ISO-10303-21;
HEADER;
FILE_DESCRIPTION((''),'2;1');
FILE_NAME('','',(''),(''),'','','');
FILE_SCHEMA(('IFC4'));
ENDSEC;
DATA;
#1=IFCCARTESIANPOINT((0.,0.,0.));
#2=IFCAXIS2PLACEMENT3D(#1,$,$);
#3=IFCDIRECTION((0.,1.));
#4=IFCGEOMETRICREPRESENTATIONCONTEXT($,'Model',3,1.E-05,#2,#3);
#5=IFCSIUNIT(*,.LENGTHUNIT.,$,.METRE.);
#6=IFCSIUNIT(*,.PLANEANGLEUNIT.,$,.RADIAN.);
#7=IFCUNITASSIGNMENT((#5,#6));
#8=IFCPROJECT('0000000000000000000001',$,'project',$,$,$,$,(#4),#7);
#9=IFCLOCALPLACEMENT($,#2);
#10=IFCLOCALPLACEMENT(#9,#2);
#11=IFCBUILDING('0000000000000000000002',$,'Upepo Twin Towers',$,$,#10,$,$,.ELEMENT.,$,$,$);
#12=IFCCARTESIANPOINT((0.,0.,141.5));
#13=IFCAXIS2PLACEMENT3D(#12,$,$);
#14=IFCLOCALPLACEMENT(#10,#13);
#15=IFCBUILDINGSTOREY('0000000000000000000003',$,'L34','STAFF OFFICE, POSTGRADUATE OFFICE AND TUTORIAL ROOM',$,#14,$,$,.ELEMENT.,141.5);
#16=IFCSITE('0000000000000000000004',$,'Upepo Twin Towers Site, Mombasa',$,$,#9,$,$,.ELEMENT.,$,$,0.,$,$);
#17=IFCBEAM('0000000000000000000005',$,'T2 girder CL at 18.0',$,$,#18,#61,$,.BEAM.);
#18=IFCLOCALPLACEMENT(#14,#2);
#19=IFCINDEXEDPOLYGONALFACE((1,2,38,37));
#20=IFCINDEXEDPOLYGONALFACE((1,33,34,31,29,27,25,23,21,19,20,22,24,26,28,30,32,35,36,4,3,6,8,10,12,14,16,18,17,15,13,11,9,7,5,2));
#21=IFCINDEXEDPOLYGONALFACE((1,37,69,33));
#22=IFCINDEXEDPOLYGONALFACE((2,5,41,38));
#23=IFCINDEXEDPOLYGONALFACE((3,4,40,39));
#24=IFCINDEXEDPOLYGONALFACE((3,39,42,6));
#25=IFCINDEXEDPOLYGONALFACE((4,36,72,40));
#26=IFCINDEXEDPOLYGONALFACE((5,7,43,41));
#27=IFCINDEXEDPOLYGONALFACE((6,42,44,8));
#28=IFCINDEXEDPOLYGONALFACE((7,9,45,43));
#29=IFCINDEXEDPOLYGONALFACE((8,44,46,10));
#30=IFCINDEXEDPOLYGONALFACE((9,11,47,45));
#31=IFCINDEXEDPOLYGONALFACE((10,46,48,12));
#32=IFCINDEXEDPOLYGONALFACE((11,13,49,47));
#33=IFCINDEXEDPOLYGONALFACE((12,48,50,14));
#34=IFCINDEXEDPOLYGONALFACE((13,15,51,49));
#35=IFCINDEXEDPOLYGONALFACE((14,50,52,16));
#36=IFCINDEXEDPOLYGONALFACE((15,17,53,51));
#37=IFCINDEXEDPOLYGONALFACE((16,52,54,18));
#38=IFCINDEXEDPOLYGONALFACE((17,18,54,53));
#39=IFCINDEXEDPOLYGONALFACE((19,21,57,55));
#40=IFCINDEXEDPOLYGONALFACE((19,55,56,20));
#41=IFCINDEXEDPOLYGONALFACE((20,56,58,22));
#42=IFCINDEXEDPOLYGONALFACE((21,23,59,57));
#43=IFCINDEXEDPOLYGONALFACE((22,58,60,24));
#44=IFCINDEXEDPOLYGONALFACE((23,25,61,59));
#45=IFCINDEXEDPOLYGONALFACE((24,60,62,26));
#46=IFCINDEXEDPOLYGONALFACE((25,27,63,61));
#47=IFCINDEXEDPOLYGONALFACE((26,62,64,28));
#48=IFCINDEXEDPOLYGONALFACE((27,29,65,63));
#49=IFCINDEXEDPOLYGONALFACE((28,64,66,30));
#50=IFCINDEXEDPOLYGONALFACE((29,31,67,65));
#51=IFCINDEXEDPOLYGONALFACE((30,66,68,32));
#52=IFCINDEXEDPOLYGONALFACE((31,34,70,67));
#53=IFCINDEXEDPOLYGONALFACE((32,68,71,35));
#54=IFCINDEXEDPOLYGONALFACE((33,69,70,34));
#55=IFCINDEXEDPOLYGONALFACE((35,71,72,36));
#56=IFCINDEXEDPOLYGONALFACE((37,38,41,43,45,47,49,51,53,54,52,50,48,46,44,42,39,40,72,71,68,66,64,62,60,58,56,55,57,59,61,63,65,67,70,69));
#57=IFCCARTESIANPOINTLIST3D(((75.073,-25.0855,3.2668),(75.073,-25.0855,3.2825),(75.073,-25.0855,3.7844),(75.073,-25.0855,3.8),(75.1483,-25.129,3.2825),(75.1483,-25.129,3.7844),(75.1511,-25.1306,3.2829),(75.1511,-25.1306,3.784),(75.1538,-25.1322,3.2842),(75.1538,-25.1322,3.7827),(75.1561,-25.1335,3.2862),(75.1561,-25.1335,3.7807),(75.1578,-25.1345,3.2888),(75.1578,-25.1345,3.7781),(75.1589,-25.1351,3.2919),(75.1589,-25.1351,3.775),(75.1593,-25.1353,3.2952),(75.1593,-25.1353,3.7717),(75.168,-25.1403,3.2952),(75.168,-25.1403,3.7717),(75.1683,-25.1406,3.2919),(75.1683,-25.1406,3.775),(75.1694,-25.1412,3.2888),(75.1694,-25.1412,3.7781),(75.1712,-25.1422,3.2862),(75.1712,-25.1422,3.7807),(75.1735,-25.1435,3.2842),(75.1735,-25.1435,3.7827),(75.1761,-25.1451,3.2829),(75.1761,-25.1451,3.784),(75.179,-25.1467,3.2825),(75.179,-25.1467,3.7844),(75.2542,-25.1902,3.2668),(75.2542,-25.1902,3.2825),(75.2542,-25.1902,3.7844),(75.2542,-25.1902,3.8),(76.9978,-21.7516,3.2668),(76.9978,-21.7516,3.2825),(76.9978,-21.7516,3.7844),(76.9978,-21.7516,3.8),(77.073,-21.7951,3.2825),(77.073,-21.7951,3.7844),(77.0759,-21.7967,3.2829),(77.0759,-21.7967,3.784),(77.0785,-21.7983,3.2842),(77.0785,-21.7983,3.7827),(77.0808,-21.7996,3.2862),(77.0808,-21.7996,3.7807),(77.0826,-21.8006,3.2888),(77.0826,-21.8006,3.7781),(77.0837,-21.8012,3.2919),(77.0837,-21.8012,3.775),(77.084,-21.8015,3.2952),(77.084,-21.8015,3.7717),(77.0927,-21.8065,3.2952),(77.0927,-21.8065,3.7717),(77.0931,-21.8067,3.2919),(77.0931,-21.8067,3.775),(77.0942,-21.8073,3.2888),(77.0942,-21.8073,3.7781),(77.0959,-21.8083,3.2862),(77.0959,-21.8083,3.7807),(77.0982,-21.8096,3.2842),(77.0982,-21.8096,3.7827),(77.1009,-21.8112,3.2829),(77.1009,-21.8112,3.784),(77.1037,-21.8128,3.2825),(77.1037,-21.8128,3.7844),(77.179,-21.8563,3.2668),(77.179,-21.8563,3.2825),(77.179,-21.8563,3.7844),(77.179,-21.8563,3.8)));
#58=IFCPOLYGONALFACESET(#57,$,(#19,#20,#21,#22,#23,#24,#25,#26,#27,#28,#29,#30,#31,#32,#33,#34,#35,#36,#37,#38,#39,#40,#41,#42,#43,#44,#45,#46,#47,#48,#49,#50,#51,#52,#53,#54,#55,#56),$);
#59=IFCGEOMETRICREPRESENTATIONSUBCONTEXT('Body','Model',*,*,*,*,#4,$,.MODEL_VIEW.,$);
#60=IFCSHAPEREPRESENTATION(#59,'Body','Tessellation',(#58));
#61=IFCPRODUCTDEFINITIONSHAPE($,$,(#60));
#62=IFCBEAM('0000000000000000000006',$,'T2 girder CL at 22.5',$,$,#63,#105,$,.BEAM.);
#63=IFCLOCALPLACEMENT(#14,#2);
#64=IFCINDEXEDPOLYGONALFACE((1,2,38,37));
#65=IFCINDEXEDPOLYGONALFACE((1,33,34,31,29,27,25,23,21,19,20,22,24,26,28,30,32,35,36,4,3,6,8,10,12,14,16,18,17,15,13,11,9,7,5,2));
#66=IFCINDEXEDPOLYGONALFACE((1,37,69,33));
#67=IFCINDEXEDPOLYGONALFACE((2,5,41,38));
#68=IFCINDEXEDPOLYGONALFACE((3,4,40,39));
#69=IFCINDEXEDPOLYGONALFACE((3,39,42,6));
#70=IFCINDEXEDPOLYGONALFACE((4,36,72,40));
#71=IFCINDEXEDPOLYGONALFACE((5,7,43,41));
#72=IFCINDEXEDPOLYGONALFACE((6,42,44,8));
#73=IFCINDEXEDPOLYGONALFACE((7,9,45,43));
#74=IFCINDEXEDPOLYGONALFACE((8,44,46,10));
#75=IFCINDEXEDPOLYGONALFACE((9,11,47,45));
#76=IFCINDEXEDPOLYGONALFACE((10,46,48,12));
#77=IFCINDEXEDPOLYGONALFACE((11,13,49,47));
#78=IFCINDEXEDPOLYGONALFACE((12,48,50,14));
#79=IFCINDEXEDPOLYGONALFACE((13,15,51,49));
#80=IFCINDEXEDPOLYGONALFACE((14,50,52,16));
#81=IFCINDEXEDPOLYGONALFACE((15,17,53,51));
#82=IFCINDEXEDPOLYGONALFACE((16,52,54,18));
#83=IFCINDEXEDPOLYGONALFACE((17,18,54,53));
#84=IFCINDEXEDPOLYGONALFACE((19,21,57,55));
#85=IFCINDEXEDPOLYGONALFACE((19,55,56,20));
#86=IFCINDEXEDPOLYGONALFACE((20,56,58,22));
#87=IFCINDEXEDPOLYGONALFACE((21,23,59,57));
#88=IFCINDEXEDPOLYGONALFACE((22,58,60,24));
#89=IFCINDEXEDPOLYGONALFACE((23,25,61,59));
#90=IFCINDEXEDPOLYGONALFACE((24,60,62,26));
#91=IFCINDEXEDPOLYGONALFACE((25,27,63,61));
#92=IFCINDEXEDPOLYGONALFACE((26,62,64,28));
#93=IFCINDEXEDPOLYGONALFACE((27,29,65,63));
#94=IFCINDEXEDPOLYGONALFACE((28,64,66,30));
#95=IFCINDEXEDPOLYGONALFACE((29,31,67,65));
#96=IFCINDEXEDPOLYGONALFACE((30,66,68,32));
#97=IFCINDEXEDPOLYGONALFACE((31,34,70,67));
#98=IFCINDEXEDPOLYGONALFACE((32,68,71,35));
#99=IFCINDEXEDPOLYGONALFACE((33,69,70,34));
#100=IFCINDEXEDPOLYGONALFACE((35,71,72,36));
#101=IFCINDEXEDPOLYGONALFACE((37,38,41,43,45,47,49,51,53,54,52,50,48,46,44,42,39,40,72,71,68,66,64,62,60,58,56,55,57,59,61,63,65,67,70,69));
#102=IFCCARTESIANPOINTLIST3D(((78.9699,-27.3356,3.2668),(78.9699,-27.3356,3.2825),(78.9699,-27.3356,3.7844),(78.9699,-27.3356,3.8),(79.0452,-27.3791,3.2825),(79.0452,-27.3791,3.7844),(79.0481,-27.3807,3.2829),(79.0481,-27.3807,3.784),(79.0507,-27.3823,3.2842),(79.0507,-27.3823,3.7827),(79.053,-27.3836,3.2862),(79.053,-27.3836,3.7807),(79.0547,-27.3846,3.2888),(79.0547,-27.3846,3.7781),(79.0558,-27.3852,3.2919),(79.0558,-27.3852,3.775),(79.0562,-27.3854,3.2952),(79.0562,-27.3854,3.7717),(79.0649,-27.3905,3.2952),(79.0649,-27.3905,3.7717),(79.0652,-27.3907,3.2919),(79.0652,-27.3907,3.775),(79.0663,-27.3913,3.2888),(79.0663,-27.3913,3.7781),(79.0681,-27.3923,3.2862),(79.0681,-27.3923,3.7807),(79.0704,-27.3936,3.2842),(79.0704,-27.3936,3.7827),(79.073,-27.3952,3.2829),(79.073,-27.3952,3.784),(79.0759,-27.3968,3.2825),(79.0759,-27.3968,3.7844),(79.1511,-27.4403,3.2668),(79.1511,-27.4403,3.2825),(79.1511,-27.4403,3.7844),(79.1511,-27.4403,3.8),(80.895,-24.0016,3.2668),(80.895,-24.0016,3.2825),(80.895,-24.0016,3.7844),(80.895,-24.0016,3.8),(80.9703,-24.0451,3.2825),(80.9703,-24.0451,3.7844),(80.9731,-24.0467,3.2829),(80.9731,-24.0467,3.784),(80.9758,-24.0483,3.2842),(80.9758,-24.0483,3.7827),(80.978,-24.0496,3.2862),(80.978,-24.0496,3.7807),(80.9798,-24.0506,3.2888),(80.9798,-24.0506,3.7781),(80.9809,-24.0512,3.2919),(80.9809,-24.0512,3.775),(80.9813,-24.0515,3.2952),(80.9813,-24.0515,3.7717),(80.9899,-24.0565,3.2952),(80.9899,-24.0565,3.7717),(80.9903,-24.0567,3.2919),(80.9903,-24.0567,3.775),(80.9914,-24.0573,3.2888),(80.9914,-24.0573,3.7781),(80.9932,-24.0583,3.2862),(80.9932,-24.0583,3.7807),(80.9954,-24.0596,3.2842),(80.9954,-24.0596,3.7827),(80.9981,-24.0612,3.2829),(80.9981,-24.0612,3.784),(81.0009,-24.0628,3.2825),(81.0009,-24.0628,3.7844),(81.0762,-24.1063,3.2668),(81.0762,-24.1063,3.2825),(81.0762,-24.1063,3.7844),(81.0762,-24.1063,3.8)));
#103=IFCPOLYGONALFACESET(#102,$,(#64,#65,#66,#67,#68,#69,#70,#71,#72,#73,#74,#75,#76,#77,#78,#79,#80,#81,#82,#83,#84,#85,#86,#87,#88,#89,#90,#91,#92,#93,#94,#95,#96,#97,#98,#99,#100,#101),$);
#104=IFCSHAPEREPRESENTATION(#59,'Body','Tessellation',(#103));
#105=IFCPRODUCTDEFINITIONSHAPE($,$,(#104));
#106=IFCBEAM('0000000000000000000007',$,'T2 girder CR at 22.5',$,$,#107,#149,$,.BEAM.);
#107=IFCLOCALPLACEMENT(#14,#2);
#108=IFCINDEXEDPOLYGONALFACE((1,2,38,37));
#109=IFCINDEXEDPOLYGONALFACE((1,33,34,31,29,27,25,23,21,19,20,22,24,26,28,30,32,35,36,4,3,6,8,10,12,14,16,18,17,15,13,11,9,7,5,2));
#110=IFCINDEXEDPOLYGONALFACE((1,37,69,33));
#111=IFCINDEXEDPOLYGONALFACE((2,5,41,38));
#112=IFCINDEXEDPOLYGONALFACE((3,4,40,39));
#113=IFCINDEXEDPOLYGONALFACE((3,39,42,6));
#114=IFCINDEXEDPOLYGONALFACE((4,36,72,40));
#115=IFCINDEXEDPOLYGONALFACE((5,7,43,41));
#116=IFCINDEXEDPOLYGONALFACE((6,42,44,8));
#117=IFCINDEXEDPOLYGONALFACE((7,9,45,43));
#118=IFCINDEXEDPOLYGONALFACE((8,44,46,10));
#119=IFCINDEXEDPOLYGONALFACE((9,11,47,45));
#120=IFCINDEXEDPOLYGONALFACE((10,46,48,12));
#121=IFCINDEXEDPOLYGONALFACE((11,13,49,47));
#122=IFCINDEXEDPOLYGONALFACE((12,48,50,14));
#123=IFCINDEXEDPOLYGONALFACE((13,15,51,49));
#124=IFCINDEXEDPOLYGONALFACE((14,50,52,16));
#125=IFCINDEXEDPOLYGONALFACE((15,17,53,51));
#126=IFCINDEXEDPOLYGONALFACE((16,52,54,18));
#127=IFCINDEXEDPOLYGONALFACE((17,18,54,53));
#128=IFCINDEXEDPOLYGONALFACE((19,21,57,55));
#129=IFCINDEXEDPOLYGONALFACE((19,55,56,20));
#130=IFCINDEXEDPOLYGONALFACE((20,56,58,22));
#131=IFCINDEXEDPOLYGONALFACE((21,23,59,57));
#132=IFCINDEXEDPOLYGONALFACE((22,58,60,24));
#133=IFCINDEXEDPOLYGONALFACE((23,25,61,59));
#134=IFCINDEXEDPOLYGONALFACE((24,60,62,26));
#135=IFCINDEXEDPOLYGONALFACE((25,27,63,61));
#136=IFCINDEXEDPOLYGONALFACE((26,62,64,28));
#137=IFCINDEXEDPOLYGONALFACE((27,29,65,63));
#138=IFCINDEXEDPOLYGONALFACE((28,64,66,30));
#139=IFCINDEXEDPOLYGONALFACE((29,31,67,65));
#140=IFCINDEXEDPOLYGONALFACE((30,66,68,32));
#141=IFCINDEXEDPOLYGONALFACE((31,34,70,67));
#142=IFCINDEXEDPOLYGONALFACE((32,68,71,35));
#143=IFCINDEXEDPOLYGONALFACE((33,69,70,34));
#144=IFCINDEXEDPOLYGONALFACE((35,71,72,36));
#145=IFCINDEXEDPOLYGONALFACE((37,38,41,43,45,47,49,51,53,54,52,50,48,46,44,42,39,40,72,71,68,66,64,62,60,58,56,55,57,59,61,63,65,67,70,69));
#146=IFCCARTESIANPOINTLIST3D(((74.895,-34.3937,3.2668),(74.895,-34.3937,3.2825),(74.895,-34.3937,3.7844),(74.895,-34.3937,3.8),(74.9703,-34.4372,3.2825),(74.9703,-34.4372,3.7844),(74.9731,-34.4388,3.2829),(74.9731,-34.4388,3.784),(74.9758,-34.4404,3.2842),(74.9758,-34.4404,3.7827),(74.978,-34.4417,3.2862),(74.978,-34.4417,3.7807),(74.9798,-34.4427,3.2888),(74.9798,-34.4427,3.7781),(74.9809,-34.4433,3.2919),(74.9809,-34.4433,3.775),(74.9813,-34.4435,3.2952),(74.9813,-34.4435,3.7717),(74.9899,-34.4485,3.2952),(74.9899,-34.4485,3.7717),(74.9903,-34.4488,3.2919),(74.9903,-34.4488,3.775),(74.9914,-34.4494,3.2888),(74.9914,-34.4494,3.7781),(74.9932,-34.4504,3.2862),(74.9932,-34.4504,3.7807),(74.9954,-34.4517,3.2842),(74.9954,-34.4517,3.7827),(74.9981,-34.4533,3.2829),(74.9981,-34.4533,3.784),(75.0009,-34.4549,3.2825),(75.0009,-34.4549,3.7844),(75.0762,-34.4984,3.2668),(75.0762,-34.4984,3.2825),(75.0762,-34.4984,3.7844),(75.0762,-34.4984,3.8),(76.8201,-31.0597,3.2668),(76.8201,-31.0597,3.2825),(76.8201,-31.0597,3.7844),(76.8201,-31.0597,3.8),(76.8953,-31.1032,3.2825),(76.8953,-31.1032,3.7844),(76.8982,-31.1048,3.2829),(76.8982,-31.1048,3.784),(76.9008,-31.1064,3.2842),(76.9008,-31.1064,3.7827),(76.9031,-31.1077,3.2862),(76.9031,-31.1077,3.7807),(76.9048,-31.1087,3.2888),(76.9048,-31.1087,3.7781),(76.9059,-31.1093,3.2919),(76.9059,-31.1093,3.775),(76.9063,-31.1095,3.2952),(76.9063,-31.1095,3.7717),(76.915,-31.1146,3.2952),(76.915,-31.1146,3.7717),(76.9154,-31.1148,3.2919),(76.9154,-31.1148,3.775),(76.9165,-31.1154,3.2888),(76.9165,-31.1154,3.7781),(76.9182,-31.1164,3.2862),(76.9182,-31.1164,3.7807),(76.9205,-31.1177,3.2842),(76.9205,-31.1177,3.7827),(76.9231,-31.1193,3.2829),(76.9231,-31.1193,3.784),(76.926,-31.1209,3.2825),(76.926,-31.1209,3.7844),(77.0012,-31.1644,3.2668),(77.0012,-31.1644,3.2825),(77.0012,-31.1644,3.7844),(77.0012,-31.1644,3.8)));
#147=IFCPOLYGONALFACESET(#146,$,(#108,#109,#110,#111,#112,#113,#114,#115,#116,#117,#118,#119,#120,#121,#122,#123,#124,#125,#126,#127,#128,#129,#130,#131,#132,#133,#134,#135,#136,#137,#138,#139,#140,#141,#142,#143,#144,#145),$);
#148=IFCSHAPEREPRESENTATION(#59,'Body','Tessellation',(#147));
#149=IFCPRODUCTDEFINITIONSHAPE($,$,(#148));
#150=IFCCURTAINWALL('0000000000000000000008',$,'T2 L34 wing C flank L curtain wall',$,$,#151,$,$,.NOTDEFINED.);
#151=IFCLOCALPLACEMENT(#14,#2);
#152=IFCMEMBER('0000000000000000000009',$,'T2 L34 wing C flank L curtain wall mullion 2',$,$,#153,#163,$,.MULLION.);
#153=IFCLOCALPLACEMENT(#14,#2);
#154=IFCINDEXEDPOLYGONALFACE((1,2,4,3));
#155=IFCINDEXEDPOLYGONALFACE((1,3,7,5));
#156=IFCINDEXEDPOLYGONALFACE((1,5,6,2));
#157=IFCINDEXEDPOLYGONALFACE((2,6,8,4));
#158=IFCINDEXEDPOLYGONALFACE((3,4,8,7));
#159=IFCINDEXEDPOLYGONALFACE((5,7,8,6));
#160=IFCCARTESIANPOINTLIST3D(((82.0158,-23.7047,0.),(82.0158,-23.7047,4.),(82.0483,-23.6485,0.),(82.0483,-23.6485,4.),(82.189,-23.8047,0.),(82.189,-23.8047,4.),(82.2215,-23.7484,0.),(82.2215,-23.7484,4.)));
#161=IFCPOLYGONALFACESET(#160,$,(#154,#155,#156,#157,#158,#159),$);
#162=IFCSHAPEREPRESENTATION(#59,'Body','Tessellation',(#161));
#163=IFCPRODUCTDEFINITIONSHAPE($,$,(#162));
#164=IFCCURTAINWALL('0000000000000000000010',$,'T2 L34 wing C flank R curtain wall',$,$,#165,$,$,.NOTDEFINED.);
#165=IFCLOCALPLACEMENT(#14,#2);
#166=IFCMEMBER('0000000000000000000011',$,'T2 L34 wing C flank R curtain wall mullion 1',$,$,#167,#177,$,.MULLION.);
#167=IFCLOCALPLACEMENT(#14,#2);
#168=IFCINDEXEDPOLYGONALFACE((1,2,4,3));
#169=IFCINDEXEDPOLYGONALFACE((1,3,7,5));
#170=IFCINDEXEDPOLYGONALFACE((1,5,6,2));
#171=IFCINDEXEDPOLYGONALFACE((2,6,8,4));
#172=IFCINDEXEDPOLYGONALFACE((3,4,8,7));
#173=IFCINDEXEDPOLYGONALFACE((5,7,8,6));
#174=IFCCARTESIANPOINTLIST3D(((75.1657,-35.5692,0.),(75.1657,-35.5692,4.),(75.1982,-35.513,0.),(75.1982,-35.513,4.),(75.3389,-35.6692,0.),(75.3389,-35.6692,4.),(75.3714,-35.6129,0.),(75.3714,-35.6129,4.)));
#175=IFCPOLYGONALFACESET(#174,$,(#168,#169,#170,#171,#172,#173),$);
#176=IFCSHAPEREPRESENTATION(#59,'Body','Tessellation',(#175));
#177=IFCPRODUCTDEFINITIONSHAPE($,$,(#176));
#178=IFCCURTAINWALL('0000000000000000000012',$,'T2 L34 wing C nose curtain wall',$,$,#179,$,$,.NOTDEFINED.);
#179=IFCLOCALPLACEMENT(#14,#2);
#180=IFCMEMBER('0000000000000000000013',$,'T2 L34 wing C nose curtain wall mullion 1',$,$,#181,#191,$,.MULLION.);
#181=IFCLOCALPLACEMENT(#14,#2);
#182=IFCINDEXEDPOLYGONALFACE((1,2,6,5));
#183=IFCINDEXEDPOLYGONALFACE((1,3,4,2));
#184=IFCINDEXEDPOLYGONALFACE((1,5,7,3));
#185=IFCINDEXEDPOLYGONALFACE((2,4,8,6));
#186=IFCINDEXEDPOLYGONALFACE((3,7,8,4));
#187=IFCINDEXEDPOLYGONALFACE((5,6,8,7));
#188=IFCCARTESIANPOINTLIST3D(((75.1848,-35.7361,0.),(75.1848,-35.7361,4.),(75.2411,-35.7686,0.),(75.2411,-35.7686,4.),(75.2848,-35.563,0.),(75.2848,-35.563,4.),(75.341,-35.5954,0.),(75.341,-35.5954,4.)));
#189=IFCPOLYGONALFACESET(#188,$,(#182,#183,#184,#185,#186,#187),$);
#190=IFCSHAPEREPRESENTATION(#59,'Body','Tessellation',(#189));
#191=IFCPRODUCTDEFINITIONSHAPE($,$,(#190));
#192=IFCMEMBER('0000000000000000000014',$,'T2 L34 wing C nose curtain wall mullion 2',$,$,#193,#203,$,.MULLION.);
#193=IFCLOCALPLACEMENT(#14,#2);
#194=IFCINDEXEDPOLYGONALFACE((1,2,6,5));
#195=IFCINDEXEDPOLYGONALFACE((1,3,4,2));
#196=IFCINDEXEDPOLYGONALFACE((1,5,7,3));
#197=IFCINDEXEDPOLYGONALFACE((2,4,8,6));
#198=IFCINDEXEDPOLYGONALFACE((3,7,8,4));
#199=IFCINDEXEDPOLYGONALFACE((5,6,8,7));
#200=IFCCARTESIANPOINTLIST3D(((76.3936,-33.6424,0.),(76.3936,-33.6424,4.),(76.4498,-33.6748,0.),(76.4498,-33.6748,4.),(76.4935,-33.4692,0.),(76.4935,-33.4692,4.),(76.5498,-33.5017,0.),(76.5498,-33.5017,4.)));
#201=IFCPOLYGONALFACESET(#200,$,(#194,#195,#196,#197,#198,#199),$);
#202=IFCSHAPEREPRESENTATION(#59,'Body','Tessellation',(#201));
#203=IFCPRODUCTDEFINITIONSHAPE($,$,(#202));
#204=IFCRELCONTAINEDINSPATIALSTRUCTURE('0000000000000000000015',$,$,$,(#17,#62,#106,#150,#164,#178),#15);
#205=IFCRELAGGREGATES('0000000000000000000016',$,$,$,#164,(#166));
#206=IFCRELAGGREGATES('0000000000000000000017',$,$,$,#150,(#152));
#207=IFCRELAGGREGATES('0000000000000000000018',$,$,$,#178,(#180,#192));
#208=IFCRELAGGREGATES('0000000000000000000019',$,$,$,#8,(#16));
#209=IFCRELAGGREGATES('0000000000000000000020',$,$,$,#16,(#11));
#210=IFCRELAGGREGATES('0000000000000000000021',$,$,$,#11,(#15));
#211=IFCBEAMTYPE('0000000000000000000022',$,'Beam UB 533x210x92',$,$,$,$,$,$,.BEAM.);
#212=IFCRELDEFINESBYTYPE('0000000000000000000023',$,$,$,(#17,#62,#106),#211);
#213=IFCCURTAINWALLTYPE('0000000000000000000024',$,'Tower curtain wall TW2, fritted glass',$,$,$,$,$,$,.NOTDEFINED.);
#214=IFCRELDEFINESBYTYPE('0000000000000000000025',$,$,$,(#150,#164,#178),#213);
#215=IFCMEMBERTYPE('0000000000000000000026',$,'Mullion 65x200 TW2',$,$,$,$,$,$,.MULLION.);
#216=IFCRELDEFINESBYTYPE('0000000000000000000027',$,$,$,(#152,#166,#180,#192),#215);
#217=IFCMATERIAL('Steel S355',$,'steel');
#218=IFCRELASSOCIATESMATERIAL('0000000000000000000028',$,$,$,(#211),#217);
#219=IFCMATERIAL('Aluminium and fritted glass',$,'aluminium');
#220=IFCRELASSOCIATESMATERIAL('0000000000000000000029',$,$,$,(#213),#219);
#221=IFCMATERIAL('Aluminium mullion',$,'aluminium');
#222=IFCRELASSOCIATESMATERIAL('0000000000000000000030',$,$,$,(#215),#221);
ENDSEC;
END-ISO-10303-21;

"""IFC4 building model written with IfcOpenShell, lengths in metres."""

from ifc_helpers import new_model, si_unit, direction, frame, origin, origin_2d, place, context, subcontext, project, spatial, rectangle, i_section, extrude, material, material_profile, profile_set, type_object, element, aggregate, save


model = new_model("IFC4")

# Units and contexts
model_context = context("Model", 3, precision=1e-05, world=origin(), true_north=direction((0.0, 1.0)))
body_context = subcontext(model_context, "Body", "Model", "MODEL_VIEW")
ifc_project = project(units=[si_unit("LENGTHUNIT", "METRE"), si_unit("PLANEANGLEUNIT", "RADIAN")], contexts=[model_context])

# Site, building, storey
site_placement = place(None, origin())
site = spatial("IfcSite", under=ifc_project, at=site_placement, Name="Upepo Twin Towers Site, Mombasa", CompositionType="ELEMENT", RefElevation=0.0)
building_placement = place(site_placement, origin())
building = spatial("IfcBuilding", under=site, at=building_placement, Name="Upepo Twin Towers", CompositionType="ELEMENT")
storey_placement = place(building_placement, frame((0.0, 0.0, 141.5)))
storey = spatial("IfcBuildingStorey", under=building, at=storey_placement, Name="L34", Description="STAFF OFFICE, POSTGRADUATE OFFICE AND TUTORIAL ROOM", CompositionType="ELEMENT", Elevation=141.5)

# Beams
ifc_material_1 = material(Name="Steel S355", Category="steel")
ifc_material_profile_1 = material_profile(ifc_material_1, i_section(OverallWidth=0.2092, OverallDepth=0.5332, WebThickness=0.01, FlangeThickness=0.0156, FilletRadius=0.0127, at=origin_2d()), Name="UB 533x210x92")
ifc_profile_set_1 = profile_set([ifc_material_profile_1], Name="Steel S355")
beam_type_1 = type_object("IfcBeamType", Name="Beam UB 533x210x92", PredefinedType="BEAM", material=ifc_profile_set_1)
beam_1_placement = place(storey_placement, frame((77.0884, -21.804, 3.5334), z_axis=(-0.499986, -0.866034, 0.0), x_axis=(0.866034, -0.499986, 0.0)))
element("IfcBeam", 1, at=beam_1_placement, inside=storey, type_object=beam_type_1, Name="T2 girder CL at 18.0", PredefinedType="BEAM", context=body_context, shape_type="SweptSolid", body=[
    extrude(i_section(OverallWidth=0.2092, OverallDepth=0.5332, WebThickness=0.01, FlangeThickness=0.0156, FilletRadius=0.0127, at=origin_2d()), origin(), (0.0, 0.0, 1.0), 3.8496),
])
for number, where, z_axis, x_axis, name in (
    (2, (80.9856, -24.054, 3.5334), (-0.500034, -0.866006, 0.0), (0.866006, -0.500034, 0.0), "T2 girder CL at 22.5"),
    (3, (74.9856, -34.446, 3.5334), (0.500034, 0.866006, 0.0), (-0.866006, 0.500034, 0.0), "T2 girder CR at 22.5"),
):
    element("IfcBeam", number, at=place(storey_placement, frame(where, z_axis=z_axis, x_axis=x_axis)), inside=storey, type_object=beam_type_1, Name=name, PredefinedType="BEAM", context=body_context, shape_type="SweptSolid", body=[
        extrude(i_section(OverallWidth=0.2092, OverallDepth=0.5332, WebThickness=0.01, FlangeThickness=0.0156, FilletRadius=0.0127, at=origin_2d()), origin(), (0.0, 0.0, 1.0), 3.8499),
    ])

# Curtain walls, members
ifc_material_2 = material(Name="Aluminium and fritted glass", Category="aluminium")
curtain_wall_type = type_object("IfcCurtainWallType", Name="Tower curtain wall TW2, fritted glass", PredefinedType="NOTDEFINED", material=ifc_material_2)
curtain_wall_1_placement = place(storey_placement, origin())
curtain_wall_1 = element("IfcCurtainWall", 4, at=curtain_wall_1_placement, inside=storey, type_object=curtain_wall_type, Name="T2 L34 wing C flank L curtain wall", PredefinedType="NOTDEFINED")
ifc_material_3 = material(Name="Aluminium mullion", Category="aluminium")
ifc_material_profile_2 = material_profile(ifc_material_3, rectangle(XDim=0.0649, YDim=0.2, at=origin_2d()), Name="MULLION 65x200")
ifc_profile_set_2 = profile_set([ifc_material_profile_2], Name="Aluminium mullion")
member_type_1 = type_object("IfcMemberType", Name="Mullion 65x200 TW2", PredefinedType="MULLION", material=ifc_profile_set_2)
member_1_placement = place(storey_placement, frame((82.1187, -23.7266, 0.0), z_axis=(0.0, 0.0, 1.0), x_axis=(0.5, 0.866025, 0.0)))
member_1 = element("IfcMember", 5, at=member_1_placement, type_object=member_type_1, Name="T2 L34 wing C flank L curtain wall mullion 2", PredefinedType="MULLION", context=body_context, shape_type="SweptSolid", body=[
    extrude(rectangle(XDim=0.0649, YDim=0.2, at=origin_2d()), origin(), (0.0, 0.0, 1.0), 4.0),
])
curtain_wall_2_placement = place(storey_placement, origin())
curtain_wall_2 = element("IfcCurtainWall", 6, at=curtain_wall_2_placement, inside=storey, type_object=curtain_wall_type, Name="T2 L34 wing C flank R curtain wall", PredefinedType="NOTDEFINED")
member_2_placement = place(storey_placement, frame((75.2686, -35.5911, 0.0), z_axis=(0.0, 0.0, 1.0), x_axis=(-0.5, -0.866025, 0.0)))
member_2 = element("IfcMember", 7, at=member_2_placement, type_object=member_type_1, Name="T2 L34 wing C flank R curtain wall mullion 1", PredefinedType="MULLION", context=body_context, shape_type="SweptSolid", body=[
    extrude(rectangle(XDim=0.0649, YDim=0.2, at=origin_2d()), origin(), (0.0, 0.0, 1.0), 4.0),
])

# Curtain wall, members
curtain_wall_3_placement = place(storey_placement, origin())
curtain_wall_3 = element("IfcCurtainWall", 8, at=curtain_wall_3_placement, inside=storey, type_object=curtain_wall_type, Name="T2 L34 wing C nose curtain wall", PredefinedType="NOTDEFINED")
member_3_placement = place(storey_placement, frame((75.2629, -35.6658, 0.0), z_axis=(0.0, 0.0, 1.0), x_axis=(-0.866025, 0.5, 0.0)))
member_3 = element("IfcMember", 9, at=member_3_placement, type_object=member_type_1, Name="T2 L34 wing C nose curtain wall mullion 1", PredefinedType="MULLION", context=body_context, shape_type="SweptSolid", body=[
    extrude(rectangle(XDim=0.0649, YDim=0.2, at=origin_2d()), origin(), (0.0, 0.0, 1.0), 4.0),
])
member_4_placement = place(storey_placement, frame((76.4717, -33.572, 0.0), z_axis=(0.0, 0.0, 1.0), x_axis=(-0.866025, 0.5, 0.0)))
member_4 = element("IfcMember", 10, at=member_4_placement, type_object=member_type_1, Name="T2 L34 wing C nose curtain wall mullion 2", PredefinedType="MULLION", context=body_context, shape_type="SweptSolid", body=[
    extrude(rectangle(XDim=0.0649, YDim=0.2, at=origin_2d()), origin(), (0.0, 0.0, 1.0), 4.0),
])

aggregate(curtain_wall_2, [member_2])

aggregate(curtain_wall_1, [member_1])
aggregate(curtain_wall_3, [member_3, member_4])

save(model, "model.ifc")
